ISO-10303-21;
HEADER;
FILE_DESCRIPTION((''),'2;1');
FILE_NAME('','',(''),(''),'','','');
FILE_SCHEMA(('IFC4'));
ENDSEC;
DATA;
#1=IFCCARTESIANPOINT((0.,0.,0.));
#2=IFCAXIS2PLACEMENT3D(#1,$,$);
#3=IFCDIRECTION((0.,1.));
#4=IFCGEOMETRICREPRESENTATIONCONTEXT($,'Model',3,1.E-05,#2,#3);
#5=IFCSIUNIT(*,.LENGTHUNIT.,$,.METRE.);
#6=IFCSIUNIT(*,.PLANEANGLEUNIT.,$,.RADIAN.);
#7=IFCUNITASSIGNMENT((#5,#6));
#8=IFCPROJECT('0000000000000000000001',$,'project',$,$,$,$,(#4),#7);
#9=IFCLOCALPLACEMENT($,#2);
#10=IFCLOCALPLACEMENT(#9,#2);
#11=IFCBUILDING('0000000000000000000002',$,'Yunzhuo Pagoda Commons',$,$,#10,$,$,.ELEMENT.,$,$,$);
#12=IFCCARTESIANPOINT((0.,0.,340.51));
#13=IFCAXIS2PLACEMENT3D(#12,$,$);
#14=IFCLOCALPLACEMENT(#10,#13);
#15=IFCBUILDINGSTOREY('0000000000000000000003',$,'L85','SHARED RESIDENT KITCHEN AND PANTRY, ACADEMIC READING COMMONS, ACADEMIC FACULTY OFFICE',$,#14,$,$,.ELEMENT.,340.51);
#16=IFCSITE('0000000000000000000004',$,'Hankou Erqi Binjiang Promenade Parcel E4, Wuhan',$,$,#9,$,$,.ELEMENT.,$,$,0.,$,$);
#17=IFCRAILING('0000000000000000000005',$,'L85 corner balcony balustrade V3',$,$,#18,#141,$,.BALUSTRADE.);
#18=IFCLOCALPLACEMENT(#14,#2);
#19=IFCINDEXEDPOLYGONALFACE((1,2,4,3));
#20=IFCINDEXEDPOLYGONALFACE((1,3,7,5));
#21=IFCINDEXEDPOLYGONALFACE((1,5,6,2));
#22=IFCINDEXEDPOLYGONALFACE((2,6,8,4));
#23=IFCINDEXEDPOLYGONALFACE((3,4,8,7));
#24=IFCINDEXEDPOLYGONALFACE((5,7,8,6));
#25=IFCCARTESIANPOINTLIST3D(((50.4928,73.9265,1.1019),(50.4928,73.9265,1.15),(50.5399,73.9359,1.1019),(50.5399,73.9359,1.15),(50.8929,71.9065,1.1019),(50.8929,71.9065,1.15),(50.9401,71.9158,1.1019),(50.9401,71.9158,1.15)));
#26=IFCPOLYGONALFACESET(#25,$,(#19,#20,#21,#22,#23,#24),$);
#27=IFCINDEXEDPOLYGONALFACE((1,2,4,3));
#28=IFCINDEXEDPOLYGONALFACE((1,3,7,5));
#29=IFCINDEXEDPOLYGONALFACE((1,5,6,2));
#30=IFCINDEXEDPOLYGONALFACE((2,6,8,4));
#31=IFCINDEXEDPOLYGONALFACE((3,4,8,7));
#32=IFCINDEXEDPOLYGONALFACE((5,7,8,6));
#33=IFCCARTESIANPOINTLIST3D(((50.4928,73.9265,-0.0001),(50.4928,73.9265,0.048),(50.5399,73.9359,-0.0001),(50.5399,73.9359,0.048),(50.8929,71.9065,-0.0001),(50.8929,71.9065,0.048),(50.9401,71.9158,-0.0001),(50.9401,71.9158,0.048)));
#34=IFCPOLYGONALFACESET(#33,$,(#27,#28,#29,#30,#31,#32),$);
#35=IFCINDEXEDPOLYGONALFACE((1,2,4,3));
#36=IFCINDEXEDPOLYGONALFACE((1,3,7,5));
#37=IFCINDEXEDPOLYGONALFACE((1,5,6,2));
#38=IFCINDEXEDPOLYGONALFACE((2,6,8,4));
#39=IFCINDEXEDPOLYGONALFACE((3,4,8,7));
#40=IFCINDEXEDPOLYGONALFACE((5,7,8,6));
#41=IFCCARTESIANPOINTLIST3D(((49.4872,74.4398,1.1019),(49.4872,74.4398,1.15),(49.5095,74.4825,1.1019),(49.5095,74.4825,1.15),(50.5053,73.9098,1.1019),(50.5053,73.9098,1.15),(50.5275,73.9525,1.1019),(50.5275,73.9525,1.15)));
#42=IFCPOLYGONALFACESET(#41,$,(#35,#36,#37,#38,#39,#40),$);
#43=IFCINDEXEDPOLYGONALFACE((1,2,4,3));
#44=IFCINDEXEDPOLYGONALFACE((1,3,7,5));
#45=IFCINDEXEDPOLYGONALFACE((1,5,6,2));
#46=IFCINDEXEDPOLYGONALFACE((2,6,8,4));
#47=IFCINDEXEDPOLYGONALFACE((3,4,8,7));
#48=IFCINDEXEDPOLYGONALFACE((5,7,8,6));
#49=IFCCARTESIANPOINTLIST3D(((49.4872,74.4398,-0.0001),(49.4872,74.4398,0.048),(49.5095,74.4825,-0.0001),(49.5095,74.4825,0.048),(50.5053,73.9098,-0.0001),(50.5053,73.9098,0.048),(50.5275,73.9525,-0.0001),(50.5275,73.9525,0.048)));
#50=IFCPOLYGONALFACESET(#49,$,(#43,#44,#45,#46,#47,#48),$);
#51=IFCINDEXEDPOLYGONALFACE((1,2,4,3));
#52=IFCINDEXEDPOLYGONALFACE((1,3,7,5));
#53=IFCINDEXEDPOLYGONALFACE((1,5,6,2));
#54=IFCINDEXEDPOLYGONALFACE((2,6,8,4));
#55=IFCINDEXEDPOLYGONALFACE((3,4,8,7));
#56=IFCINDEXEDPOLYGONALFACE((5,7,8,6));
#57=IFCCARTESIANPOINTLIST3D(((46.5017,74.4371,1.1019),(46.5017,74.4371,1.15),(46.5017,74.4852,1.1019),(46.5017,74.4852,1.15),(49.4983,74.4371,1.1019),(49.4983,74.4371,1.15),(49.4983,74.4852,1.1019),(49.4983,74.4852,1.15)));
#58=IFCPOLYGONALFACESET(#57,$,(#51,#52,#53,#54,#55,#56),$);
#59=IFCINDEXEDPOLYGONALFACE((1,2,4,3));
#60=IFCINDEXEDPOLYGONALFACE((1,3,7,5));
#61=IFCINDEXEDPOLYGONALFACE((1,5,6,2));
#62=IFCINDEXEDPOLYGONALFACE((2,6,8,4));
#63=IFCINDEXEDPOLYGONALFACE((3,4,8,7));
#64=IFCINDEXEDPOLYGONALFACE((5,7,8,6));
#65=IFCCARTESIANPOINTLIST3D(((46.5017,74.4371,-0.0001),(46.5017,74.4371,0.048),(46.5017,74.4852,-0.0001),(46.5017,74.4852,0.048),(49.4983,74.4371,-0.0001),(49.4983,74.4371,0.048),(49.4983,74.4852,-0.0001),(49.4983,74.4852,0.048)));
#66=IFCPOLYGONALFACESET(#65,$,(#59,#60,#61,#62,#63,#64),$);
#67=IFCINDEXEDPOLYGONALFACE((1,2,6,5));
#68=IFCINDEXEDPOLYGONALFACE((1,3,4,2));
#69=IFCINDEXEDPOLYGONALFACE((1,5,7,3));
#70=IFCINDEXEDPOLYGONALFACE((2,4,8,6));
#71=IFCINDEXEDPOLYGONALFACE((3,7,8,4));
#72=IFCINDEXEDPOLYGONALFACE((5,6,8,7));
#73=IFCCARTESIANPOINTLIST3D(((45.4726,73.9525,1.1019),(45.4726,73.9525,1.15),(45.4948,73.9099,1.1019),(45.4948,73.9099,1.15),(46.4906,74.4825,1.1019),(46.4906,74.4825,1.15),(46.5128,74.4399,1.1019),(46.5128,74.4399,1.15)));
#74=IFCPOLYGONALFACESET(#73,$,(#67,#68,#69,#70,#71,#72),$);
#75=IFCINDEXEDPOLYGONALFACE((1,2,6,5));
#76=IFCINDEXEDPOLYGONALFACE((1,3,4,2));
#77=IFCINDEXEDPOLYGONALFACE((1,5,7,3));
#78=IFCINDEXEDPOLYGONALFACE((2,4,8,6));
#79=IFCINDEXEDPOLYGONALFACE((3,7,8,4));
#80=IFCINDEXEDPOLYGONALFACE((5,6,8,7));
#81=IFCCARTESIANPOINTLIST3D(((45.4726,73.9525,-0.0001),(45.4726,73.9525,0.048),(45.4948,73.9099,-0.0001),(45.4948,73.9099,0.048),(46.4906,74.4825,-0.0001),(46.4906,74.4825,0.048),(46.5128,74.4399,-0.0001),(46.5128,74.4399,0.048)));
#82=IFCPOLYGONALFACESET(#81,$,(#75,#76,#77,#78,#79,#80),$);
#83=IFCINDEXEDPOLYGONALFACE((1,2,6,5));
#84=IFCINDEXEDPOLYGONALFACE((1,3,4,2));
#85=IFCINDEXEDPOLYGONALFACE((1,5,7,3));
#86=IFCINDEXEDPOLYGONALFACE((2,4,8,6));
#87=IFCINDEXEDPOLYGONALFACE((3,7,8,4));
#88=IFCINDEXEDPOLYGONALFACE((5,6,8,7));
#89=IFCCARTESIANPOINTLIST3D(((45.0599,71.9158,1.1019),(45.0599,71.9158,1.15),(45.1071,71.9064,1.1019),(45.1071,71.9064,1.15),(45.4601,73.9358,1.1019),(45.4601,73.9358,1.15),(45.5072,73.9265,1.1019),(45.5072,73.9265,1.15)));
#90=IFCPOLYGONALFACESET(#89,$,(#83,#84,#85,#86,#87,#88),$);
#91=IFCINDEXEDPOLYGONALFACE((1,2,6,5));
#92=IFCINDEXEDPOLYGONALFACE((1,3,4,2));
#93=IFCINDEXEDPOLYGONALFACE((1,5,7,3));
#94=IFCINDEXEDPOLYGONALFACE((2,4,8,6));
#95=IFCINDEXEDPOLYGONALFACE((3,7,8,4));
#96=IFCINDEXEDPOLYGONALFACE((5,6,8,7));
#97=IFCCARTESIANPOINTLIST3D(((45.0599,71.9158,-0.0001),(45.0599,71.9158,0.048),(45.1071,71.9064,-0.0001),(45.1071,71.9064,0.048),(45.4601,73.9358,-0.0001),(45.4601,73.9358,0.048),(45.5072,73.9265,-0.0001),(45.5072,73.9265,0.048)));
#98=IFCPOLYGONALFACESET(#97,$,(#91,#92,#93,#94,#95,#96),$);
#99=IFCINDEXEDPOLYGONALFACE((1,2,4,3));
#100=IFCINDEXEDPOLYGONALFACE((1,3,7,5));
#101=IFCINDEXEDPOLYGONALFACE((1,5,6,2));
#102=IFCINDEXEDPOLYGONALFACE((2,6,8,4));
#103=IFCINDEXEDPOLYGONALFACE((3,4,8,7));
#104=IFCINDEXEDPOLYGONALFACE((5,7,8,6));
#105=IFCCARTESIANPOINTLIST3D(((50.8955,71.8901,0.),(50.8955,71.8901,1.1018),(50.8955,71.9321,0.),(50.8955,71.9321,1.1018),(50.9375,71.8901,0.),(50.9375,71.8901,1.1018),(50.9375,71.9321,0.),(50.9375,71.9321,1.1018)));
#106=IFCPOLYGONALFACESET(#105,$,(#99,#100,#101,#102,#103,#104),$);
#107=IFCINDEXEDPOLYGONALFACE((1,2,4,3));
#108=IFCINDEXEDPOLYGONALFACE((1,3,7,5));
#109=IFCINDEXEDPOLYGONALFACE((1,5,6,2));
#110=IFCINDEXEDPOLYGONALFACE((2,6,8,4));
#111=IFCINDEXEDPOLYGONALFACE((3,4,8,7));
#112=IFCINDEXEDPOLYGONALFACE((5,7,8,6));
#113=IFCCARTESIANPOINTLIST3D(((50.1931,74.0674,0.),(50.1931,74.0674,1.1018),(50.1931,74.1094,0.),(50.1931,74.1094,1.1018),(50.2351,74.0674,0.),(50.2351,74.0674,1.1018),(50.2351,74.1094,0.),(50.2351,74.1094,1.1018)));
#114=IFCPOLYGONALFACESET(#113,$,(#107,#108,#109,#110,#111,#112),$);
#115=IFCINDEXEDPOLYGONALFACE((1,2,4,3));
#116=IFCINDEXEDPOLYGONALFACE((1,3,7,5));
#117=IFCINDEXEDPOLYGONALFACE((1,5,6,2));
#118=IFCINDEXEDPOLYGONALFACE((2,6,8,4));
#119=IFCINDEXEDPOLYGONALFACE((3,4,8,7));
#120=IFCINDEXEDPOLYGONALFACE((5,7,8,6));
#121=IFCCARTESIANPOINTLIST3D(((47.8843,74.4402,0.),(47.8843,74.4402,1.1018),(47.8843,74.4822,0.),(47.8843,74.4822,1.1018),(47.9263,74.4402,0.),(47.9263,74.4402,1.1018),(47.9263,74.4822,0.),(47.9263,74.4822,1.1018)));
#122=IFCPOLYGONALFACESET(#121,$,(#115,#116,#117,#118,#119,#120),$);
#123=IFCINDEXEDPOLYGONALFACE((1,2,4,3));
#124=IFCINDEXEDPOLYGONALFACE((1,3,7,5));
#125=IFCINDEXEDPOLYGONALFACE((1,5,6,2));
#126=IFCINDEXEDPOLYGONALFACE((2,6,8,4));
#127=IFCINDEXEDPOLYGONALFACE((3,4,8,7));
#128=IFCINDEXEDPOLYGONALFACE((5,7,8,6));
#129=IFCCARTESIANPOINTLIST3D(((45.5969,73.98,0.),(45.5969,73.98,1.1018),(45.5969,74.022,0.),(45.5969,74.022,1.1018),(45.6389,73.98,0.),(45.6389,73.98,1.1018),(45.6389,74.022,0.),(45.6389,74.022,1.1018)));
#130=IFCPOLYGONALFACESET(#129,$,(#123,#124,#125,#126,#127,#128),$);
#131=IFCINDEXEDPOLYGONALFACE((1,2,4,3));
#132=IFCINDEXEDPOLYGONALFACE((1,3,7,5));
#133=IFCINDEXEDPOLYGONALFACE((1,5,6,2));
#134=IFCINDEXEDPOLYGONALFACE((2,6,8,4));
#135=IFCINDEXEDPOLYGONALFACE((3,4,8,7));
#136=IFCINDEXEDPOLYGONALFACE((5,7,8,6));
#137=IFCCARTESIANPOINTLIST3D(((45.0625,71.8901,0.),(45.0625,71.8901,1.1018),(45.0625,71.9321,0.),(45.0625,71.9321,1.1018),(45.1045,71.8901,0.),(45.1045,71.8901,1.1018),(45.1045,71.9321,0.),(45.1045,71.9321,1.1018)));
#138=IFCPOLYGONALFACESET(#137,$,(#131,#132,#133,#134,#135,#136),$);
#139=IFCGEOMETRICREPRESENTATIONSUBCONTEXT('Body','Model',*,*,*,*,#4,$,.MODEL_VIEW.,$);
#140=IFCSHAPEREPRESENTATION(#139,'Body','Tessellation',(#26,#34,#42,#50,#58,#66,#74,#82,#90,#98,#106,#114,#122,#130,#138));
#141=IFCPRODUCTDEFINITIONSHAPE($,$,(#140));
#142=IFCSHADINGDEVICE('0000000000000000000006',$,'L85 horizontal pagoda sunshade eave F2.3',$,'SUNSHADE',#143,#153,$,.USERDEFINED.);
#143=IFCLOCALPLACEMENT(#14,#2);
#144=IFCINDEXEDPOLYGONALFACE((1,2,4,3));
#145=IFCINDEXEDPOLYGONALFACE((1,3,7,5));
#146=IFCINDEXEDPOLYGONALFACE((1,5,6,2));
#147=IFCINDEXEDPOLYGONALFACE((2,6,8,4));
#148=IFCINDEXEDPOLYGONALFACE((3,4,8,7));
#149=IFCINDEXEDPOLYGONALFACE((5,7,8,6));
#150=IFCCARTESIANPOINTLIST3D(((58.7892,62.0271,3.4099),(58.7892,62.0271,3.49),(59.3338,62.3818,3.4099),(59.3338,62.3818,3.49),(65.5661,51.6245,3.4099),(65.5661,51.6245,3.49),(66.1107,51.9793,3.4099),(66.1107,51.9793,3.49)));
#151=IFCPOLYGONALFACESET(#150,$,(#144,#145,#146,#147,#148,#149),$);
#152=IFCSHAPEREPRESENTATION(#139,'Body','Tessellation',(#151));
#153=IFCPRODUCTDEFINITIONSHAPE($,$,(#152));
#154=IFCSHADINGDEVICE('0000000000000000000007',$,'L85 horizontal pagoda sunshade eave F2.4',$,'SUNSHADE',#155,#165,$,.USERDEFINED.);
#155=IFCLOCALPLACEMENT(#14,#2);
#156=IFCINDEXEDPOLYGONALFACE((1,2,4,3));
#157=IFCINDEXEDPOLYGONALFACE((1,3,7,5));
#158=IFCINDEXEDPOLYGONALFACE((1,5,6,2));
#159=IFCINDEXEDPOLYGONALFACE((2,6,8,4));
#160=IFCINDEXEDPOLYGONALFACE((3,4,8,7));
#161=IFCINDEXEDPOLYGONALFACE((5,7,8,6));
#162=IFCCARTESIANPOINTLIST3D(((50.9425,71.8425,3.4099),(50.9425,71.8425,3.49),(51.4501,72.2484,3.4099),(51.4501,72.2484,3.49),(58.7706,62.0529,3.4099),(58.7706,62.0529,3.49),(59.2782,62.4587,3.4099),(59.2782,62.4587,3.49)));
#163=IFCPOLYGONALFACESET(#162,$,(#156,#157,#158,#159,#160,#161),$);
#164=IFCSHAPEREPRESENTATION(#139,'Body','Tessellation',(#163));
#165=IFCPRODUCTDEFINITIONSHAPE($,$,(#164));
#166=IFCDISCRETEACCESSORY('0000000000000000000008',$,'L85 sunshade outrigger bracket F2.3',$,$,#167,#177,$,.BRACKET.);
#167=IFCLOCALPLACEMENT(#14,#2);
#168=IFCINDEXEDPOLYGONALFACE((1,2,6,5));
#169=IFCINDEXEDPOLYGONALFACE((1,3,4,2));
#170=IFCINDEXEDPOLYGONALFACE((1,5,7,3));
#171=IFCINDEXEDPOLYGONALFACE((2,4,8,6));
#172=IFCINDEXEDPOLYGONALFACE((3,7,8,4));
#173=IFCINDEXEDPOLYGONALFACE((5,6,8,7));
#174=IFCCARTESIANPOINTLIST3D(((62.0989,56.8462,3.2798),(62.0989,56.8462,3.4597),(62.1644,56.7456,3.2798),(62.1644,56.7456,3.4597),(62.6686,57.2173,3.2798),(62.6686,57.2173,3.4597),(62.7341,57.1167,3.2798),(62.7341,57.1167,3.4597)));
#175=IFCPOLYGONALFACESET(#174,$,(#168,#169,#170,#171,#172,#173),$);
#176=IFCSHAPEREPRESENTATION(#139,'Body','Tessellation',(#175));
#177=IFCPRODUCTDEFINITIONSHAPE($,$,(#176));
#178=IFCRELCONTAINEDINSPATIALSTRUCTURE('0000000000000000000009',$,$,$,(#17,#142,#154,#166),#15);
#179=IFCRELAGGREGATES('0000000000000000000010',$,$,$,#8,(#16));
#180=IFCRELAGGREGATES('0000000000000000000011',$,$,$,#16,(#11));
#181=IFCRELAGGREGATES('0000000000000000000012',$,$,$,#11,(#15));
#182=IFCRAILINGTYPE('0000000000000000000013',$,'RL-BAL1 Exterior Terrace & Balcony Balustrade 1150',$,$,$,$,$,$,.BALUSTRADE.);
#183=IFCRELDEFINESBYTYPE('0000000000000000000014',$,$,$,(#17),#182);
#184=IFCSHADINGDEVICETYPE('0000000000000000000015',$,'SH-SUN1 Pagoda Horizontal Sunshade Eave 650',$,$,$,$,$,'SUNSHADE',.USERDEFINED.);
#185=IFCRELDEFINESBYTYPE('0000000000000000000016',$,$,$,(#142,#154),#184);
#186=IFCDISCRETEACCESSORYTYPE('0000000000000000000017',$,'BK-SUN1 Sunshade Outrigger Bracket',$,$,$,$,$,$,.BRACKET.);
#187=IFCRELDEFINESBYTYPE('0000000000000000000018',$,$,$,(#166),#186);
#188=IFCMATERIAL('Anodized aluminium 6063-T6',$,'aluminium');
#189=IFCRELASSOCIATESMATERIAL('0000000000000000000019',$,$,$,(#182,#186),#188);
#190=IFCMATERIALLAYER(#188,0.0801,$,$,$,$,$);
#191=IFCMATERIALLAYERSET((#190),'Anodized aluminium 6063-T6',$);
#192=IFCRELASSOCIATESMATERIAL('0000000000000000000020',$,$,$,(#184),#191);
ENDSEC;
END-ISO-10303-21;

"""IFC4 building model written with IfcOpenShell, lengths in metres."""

from ifc_helpers import new_model, si_unit, direction, frame, origin, origin_2d, place, context, subcontext, project, spatial, rectangle, extrude, source, transform, mapped, material, layer, layer_set, type_object, element, save


model = new_model("IFC4")

# Units and contexts
model_context = context("Model", 3, precision=1e-05, world=origin(), true_north=direction((0.0, 1.0)))
body_context = subcontext(model_context, "Body", "Model", "MODEL_VIEW")
ifc_project = project(units=[si_unit("LENGTHUNIT", "METRE"), si_unit("PLANEANGLEUNIT", "RADIAN")], contexts=[model_context])

# Site, building, storey
site_placement = place(None, origin())
site = spatial("IfcSite", under=ifc_project, at=site_placement, Name="Hankou Erqi Binjiang Promenade Parcel E4, Wuhan", CompositionType="ELEMENT", RefElevation=0.0)
building_placement = place(site_placement, origin())
building = spatial("IfcBuilding", under=site, at=building_placement, Name="Yunzhuo Pagoda Commons", CompositionType="ELEMENT")
storey_placement = place(building_placement, frame((0.0, 0.0, 340.51)))
storey = spatial("IfcBuildingStorey", under=building, at=storey_placement, Name="L85", Description="SHARED RESIDENT KITCHEN AND PANTRY, ACADEMIC READING COMMONS, ACADEMIC FACULTY OFFICE", CompositionType="ELEMENT", Elevation=340.51)

# Shared definitions
ifc_material_1 = material(Name="Anodized aluminium 6063-T6", Category="aluminium")

# Railing
railing_type = type_object("IfcRailingType", Name="RL-BAL1 Exterior Terrace & Balcony Balustrade 1150", PredefinedType="BALUSTRADE", material=ifc_material_1)
railing_placement = place(storey_placement, frame((50.9165, 71.9111, 0.0)))
element("IfcRailing", 1, at=railing_placement, inside=storey, type_object=railing_type, Name="L85 corner balcony balustrade V3", PredefinedType="BALUSTRADE", context=body_context, shape_type="SweptSolid", body=[
    extrude(rectangle(XDim=0.0481, YDim=0.0481, at=origin_2d()), frame((0.0, 0.0, 1.126), z_axis=(-0.194315, 0.980939, 0.0), x_axis=(-0.980939, -0.194315, 0.0)), (0.0, 0.0, 1.0), 2.0593),
    extrude(rectangle(XDim=0.0481, YDim=0.0481, at=origin_2d()), frame((0.0, 0.0, 0.0239), z_axis=(-0.194315, 0.980939, 0.0), x_axis=(-0.980939, -0.194315, 0.0)), (0.0, 0.0, 1.0), 2.0593),
    extrude(rectangle(XDim=0.0481, YDim=0.0481, at=origin_2d()), frame((-0.4001, 2.02, 1.126), z_axis=(-0.88699, 0.461788, 0.0), x_axis=(-0.461788, -0.88699, 0.0)), (0.0, 0.0, 1.0), 1.1477),
    extrude(rectangle(XDim=0.0481, YDim=0.0481, at=origin_2d()), frame((-0.4001, 2.02, 0.0239), z_axis=(-0.88699, 0.461788, 0.0), x_axis=(-0.461788, -0.88699, 0.0)), (0.0, 0.0, 1.0), 1.1477),
    extrude(rectangle(XDim=0.0481, YDim=0.0481, at=origin_2d()), frame((-1.4182, 2.55, 1.126), z_axis=(-1.0, 0.0, 0.0), x_axis=(0.0, -1.0, 0.0)), (0.0, 0.0, 1.0), 2.9966),
    extrude(rectangle(XDim=0.0481, YDim=0.0481, at=origin_2d()), frame((-1.4182, 2.55, 0.0239), z_axis=(-1.0, 0.0, 0.0), x_axis=(0.0, -1.0, 0.0)), (0.0, 0.0, 1.0), 2.9966),
    extrude(rectangle(XDim=0.0481, YDim=0.0481, at=origin_2d()), frame((-4.4148, 2.55, 1.126), z_axis=(-0.88699, -0.461788, 0.0), x_axis=(0.461788, -0.88699, 0.0)), (0.0, 0.0, 1.0), 1.1477),
    extrude(rectangle(XDim=0.0481, YDim=0.0481, at=origin_2d()), frame((-4.4148, 2.55, 0.0239), z_axis=(-0.88699, -0.461788, 0.0), x_axis=(0.461788, -0.88699, 0.0)), (0.0, 0.0, 1.0), 1.1477),
    extrude(rectangle(XDim=0.0481, YDim=0.0481, at=origin_2d()), frame((-5.4329, 2.02, 1.126), z_axis=(-0.194315, -0.980939, 0.0), x_axis=(0.980939, -0.194315, 0.0)), (0.0, 0.0, 1.0), 2.0593),
    extrude(rectangle(XDim=0.0481, YDim=0.0481, at=origin_2d()), frame((-5.4329, 2.02, 0.0239), z_axis=(-0.194315, -0.980939, 0.0), x_axis=(0.980939, -0.194315, 0.0)), (0.0, 0.0, 1.0), 2.0593),
    extrude(rectangle(XDim=0.042, YDim=0.042, at=origin_2d()), origin(), (0.0, 0.0, 1.0), 1.1018),
    extrude(rectangle(XDim=0.042, YDim=0.042, at=origin_2d()), frame((-0.7024, 2.1772, 0.0)), (0.0, 0.0, 1.0), 1.1018),
    extrude(rectangle(XDim=0.042, YDim=0.042, at=origin_2d()), frame((-3.0112, 2.55, 0.0)), (0.0, 0.0, 1.0), 1.1018),
    extrude(rectangle(XDim=0.042, YDim=0.042, at=origin_2d()), frame((-5.2986, 2.0898, 0.0)), (0.0, 0.0, 1.0), 1.1018),
    extrude(rectangle(XDim=0.042, YDim=0.042, at=origin_2d()), frame((-5.833, 0.0, 0.0)), (0.0, 0.0, 1.0), 1.1018),
])

# Shading devices
ifc_layer_1 = layer(ifc_material_1, 0.0801)
ifc_layer_set_1 = layer_set([ifc_layer_1], Name="Anodized aluminium 6063-T6")
shading_device_type = type_object("IfcShadingDeviceType", Name="SH-SUN1 Pagoda Horizontal Sunshade Eave 650", ElementType="SUNSHADE", PredefinedType="USERDEFINED", material=ifc_layer_set_1)
shared_shape_1 = source(origin(), body_context, "Body", "SweptSolid", [
    extrude(rectangle(XDim=12.4153, YDim=0.6499, at=origin_2d()), origin(), (0.0, 0.0, 1.0), 0.0801),
])
shading_device_1_placement = place(storey_placement, frame((62.45, 57.0032, 3.4099), z_axis=(0.0, 0.0, 1.0), x_axis=(-0.545853, 0.837881, 0.0)))
element("IfcShadingDevice", 2, at=shading_device_1_placement, inside=storey, type_object=shading_device_type, Name="L85 horizontal pagoda sunshade eave F2.3", ObjectType="SUNSHADE", PredefinedType="USERDEFINED", context=body_context, shape_type="MappedRepresentation", body=[
    mapped(shared_shape_1, transform((0.0, 0.0, 0.0), scale=1.0)),
])
shared_shape_2 = source(origin(), body_context, "Body", "SweptSolid", [
    extrude(rectangle(XDim=12.5347, YDim=0.6499, at=origin_2d()), origin(), (0.0, 0.0, 1.0), 0.0801),
])
shading_device_2_placement = place(storey_placement, frame((55.1104, 67.1506, 3.4099), z_axis=(0.0, 0.0, 1.0), x_axis=(-0.62452, 0.781008, 0.0)))
element("IfcShadingDevice", 3, at=shading_device_2_placement, inside=storey, type_object=shading_device_type, Name="L85 horizontal pagoda sunshade eave F2.4", ObjectType="SUNSHADE", PredefinedType="USERDEFINED", context=body_context, shape_type="MappedRepresentation", body=[
    mapped(shared_shape_2, transform((0.0, 0.0, 0.0), scale=1.0)),
])

# Discrete accessory
discrete_accessory_type = type_object("IfcDiscreteAccessoryType", Name="BK-SUN1 Sunshade Outrigger Bracket", PredefinedType="BRACKET", material=ifc_material_1)
shared_shape_3 = source(origin(), body_context, "Body", "SweptSolid", [
    extrude(rectangle(XDim=0.1201, YDim=0.6799, at=origin_2d()), origin(), (0.0, 0.0, 1.0), 0.1799),
])
discrete_accessory_placement = place(storey_placement, frame((62.4165, 56.9814, 3.2798), z_axis=(0.0, 0.0, 1.0), x_axis=(-0.545853, 0.837881, 0.0)))
element("IfcDiscreteAccessory", 4, at=discrete_accessory_placement, inside=storey, type_object=discrete_accessory_type, Name="L85 sunshade outrigger bracket F2.3", PredefinedType="BRACKET", context=body_context, shape_type="MappedRepresentation", body=[
    mapped(shared_shape_3, transform((0.0, 0.0, 0.0), scale=1.0)),
])

save(model, "model.ifc")
